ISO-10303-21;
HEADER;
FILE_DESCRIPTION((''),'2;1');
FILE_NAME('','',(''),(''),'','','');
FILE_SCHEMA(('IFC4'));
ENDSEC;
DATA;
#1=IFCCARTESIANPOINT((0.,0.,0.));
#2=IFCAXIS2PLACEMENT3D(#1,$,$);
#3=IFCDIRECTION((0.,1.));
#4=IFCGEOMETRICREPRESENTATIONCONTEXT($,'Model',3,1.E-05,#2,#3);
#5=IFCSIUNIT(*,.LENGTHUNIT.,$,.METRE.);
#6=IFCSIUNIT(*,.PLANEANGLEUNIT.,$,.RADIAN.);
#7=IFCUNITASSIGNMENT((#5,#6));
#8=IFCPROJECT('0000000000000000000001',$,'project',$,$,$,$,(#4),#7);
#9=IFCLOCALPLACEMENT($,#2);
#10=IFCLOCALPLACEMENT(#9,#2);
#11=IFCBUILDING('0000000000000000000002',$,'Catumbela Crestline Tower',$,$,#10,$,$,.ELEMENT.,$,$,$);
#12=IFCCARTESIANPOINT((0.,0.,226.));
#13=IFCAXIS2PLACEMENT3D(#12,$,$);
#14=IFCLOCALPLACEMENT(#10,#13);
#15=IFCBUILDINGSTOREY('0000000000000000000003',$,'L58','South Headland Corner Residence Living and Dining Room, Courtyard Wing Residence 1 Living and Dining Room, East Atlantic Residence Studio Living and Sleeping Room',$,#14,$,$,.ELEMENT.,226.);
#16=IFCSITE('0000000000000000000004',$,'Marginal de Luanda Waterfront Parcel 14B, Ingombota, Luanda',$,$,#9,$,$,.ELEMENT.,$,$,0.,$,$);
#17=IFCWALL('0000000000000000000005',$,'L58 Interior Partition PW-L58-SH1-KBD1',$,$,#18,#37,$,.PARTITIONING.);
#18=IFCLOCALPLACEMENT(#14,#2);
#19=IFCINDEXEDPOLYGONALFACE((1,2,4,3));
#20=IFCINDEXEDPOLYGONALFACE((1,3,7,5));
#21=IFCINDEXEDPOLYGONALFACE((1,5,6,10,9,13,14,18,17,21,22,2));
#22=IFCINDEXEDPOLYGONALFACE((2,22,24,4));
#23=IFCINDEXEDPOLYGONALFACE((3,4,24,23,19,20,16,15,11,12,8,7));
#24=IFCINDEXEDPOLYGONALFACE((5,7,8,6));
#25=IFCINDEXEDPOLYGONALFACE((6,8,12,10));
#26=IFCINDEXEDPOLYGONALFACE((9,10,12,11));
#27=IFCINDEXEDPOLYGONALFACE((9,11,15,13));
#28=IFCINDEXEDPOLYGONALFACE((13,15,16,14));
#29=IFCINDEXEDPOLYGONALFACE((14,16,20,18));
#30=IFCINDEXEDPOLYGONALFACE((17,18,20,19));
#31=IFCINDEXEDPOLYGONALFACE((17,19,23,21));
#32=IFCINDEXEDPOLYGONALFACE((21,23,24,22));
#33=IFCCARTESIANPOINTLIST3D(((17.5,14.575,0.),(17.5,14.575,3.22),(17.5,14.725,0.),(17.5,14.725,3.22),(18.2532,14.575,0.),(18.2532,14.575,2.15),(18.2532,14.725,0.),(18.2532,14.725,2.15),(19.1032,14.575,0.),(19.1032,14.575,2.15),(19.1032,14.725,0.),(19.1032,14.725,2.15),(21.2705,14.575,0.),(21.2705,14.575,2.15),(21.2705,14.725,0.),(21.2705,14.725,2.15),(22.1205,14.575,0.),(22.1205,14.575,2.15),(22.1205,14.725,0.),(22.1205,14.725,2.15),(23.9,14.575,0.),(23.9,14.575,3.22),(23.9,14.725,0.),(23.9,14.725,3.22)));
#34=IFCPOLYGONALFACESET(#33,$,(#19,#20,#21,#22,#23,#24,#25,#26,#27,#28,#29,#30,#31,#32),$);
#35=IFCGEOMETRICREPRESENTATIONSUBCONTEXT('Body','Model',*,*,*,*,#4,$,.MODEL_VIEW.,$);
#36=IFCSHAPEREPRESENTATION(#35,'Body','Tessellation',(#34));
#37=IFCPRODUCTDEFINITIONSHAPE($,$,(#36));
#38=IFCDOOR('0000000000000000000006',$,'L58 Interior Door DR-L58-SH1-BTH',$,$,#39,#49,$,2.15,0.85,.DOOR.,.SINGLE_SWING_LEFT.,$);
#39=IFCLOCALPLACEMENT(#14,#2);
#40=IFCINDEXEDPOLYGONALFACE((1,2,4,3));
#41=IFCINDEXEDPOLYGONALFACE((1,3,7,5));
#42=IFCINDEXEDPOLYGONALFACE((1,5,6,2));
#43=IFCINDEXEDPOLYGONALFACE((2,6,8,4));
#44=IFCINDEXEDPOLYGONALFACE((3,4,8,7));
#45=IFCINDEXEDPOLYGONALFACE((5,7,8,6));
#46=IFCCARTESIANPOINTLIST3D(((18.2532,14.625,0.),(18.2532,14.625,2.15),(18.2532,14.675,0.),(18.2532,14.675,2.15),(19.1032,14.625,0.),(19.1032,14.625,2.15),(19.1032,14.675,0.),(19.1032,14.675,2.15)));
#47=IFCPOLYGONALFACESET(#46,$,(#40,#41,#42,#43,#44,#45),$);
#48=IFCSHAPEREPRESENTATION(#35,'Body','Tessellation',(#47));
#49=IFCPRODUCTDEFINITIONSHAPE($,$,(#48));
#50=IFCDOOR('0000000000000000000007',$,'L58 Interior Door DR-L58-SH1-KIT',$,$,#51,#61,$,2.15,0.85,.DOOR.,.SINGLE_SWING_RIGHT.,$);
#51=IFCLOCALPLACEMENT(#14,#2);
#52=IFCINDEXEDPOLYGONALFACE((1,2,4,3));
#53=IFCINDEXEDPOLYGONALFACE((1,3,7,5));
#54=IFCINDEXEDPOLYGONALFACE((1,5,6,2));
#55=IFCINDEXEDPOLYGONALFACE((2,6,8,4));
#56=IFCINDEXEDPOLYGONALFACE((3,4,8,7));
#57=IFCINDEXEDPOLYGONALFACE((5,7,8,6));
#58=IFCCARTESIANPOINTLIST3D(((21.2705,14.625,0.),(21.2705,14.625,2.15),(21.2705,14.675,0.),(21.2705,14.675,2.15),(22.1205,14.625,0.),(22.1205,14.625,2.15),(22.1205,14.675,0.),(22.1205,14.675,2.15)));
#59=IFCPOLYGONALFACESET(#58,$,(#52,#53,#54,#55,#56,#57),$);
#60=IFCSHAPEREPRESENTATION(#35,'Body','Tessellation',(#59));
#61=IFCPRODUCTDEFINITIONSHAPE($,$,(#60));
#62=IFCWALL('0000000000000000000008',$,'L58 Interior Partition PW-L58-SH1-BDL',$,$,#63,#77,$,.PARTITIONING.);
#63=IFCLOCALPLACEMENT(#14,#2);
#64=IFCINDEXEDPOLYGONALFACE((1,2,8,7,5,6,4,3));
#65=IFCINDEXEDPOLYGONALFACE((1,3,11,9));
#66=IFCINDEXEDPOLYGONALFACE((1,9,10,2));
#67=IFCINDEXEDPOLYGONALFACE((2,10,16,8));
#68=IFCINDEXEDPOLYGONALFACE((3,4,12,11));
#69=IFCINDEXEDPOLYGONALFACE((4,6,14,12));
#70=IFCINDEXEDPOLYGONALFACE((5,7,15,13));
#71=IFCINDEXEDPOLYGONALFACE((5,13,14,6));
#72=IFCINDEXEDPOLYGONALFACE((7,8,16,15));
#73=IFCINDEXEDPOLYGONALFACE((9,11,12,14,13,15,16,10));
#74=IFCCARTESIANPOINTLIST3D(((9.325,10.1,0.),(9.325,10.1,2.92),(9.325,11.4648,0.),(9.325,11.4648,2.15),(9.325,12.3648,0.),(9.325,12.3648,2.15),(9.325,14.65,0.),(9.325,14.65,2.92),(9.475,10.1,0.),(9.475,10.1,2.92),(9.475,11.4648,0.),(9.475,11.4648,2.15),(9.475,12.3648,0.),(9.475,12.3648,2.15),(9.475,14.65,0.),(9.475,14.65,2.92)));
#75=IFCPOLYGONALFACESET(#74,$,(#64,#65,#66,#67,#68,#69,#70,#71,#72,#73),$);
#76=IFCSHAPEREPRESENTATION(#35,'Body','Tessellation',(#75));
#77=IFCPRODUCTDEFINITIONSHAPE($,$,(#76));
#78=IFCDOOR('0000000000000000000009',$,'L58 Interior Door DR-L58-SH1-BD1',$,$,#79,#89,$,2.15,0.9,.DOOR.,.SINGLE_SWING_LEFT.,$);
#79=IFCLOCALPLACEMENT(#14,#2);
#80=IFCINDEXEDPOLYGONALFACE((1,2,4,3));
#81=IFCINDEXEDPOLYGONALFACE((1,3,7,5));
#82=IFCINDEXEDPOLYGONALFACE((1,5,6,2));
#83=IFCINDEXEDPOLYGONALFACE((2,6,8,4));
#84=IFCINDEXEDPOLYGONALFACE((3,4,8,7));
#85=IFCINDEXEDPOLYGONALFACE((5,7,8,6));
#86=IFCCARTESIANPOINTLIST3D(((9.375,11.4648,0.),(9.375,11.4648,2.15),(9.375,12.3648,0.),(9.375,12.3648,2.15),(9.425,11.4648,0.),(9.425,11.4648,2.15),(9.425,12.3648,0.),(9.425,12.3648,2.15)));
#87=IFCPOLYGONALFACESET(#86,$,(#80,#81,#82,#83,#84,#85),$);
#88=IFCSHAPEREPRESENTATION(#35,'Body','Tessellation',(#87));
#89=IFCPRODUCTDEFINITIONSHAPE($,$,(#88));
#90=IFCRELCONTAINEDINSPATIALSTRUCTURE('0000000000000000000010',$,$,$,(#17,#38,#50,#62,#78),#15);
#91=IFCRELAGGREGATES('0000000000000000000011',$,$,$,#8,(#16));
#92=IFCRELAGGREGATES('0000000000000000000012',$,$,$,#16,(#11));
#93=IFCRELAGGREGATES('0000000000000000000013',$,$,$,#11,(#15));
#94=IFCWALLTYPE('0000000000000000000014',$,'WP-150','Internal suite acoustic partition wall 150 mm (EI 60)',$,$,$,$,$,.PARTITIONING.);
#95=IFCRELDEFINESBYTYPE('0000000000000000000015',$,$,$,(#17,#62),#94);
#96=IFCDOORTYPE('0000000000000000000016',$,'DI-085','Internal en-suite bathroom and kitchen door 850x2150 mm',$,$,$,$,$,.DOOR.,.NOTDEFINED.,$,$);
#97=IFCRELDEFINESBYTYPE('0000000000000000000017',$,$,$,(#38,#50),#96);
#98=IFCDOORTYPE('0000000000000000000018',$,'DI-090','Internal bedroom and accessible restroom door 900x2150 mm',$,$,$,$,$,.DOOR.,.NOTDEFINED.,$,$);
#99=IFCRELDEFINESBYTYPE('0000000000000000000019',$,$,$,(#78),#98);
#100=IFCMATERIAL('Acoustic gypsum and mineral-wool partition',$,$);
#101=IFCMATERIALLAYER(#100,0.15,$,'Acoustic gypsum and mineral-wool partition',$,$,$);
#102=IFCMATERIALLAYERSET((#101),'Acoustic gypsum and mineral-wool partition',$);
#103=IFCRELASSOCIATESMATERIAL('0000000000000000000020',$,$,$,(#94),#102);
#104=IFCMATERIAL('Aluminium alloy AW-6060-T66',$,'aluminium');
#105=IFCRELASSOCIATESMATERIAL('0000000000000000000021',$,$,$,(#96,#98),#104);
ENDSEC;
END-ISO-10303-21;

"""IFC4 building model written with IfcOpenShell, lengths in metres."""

from ifc_helpers import new_model, si_unit, direction, frame, frame_2d, origin, place, context, subcontext, project, spatial, rectangle, extrude, material, layer, layer_set, type_object, element, fill, save


model = new_model("IFC4")

# Units and contexts
model_context = context("Model", 3, precision=1e-05, world=origin(), true_north=direction((0.0, 1.0)))
body_context = subcontext(model_context, "Body", "Model", "MODEL_VIEW")
ifc_project = project(units=[si_unit("LENGTHUNIT", "METRE"), si_unit("PLANEANGLEUNIT", "RADIAN")], contexts=[model_context])

# Site, building, storey
site_placement = place(None, origin())
site = spatial("IfcSite", under=ifc_project, at=site_placement, Name="Marginal de Luanda Waterfront Parcel 14B, Ingombota, Luanda", CompositionType="ELEMENT", RefElevation=0.0)
building_placement = place(site_placement, origin())
building = spatial("IfcBuilding", under=site, at=building_placement, Name="Catumbela Crestline Tower", CompositionType="ELEMENT")
storey_placement = place(building_placement, frame((0.0, 0.0, 226.0)))
storey = spatial("IfcBuildingStorey", under=building, at=storey_placement, Name="L58", Description="South Headland Corner Residence Living and Dining Room, Courtyard Wing Residence 1 Living and Dining Room, East Atlantic Residence Studio Living and Sleeping Room", CompositionType="ELEMENT", Elevation=226.0)

# Shared definitions
ifc_material_1 = material(Name="Aluminium alloy AW-6060-T66", Category="aluminium")

# Shared definitions
ifc_material_2 = material(Name="Acoustic gypsum and mineral-wool partition")

# Shared definitions
ifc_layer_1 = layer(ifc_material_2, 0.15, Name="Acoustic gypsum and mineral-wool partition")
ifc_layer_set_1 = layer_set([ifc_layer_1], Name="Acoustic gypsum and mineral-wool partition")
wall_type_1 = type_object("IfcWallType", Name="WP-150", Description="Internal suite acoustic partition wall 150 mm (EI 60)", PredefinedType="PARTITIONING", material=ifc_layer_set_1)

# Shared definitions
door_type_1 = type_object("IfcDoorType", Name="DI-085", Description="Internal en-suite bathroom and kitchen door 850x2150 mm", OperationType="NOTDEFINED", PredefinedType="DOOR", material=ifc_material_1)

# Wall, openings, doors
wall_1_placement = place(storey_placement, frame((17.5, 14.65, 0.0), z_axis=(0.0, 0.0, 1.0), x_axis=(1.0, 0.0, 0.0)))
wall_1 = element("IfcWall", 1, at=wall_1_placement, inside=storey, type_object=wall_type_1, Name="L58 Interior Partition PW-L58-SH1-KBD1", PredefinedType="PARTITIONING", context=body_context, shape_type="SweptSolid", body=[
    extrude(rectangle(XDim=6.4, YDim=0.15, at=frame_2d((3.2, 0.0))), origin(), (0.0, 0.0, 1.0), 3.22),
])
opening_1_placement = place(wall_1_placement, frame((0.7532, 0.0, 0.0)))
opening_1 = element("IfcOpeningElement", 2, at=opening_1_placement, cuts=wall_1, PredefinedType="OPENING", context=body_context, shape_type="SweptSolid", body=[
    extrude(rectangle(XDim=0.85, YDim=2.15, at=frame_2d((0.425, 1.075))), frame((0.0, 0.085, 0.0), z_axis=(0.0, -1.0, 0.0), x_axis=(1.0, 0.0, 0.0)), (0.0, 0.0, 1.0), 0.17),
])
opening_2_placement = place(wall_1_placement, frame((3.7705, 0.0, 0.0)))
opening_2 = element("IfcOpeningElement", 3, at=opening_2_placement, cuts=wall_1, PredefinedType="OPENING", context=body_context, shape_type="SweptSolid", body=[
    extrude(rectangle(XDim=0.85, YDim=2.15, at=frame_2d((0.425, 1.075))), frame((0.0, 0.085, 0.0), z_axis=(0.0, -1.0, 0.0), x_axis=(1.0, 0.0, 0.0)), (0.0, 0.0, 1.0), 0.17),
])
door_1_placement = place(opening_1_placement, origin())
door_1 = element("IfcDoor", 4, at=door_1_placement, inside=storey, type_object=door_type_1, Name="L58 Interior Door DR-L58-SH1-BTH", OperationType="SINGLE_SWING_LEFT", OverallHeight=2.15, OverallWidth=0.85, PredefinedType="DOOR", context=body_context, shape_type="SweptSolid", body=[
    extrude(rectangle(XDim=0.85, YDim=2.15, at=frame_2d((0.425, 1.075))), frame((0.0, 0.025, 0.0), z_axis=(0.0, -1.0, 0.0), x_axis=(1.0, 0.0, 0.0)), (0.0, 0.0, 1.0), 0.05),
])
fill(opening_1, door_1)
door_2_placement = place(opening_2_placement, origin())
door_2 = element("IfcDoor", 5, at=door_2_placement, inside=storey, type_object=door_type_1, Name="L58 Interior Door DR-L58-SH1-KIT", OperationType="SINGLE_SWING_RIGHT", OverallHeight=2.15, OverallWidth=0.85, PredefinedType="DOOR", context=body_context, shape_type="SweptSolid", body=[
    extrude(rectangle(XDim=0.85, YDim=2.15, at=frame_2d((0.425, 1.075))), frame((0.0, 0.025, 0.0), z_axis=(0.0, -1.0, 0.0), x_axis=(1.0, 0.0, 0.0)), (0.0, 0.0, 1.0), 0.05),
])
fill(opening_2, door_2)

# Wall, opening, door
wall_2_placement = place(storey_placement, frame((9.4, 10.1, 0.0), z_axis=(0.0, 0.0, 1.0), x_axis=(0.0, 1.0, 0.0)))
wall_2 = element("IfcWall", 6, at=wall_2_placement, inside=storey, type_object=wall_type_1, Name="L58 Interior Partition PW-L58-SH1-BDL", PredefinedType="PARTITIONING", context=body_context, shape_type="SweptSolid", body=[
    extrude(rectangle(XDim=4.55, YDim=0.15, at=frame_2d((2.275, 0.0))), origin(), (0.0, 0.0, 1.0), 2.92),
])
opening_3_placement = place(wall_2_placement, frame((1.3648, 0.0, 0.0)))
opening_3 = element("IfcOpeningElement", 7, at=opening_3_placement, cuts=wall_2, PredefinedType="OPENING", context=body_context, shape_type="SweptSolid", body=[
    extrude(rectangle(XDim=0.9, YDim=2.15, at=frame_2d((0.45, 1.075))), frame((0.0, 0.085, 0.0), z_axis=(0.0, -1.0, 0.0), x_axis=(1.0, 0.0, 0.0)), (0.0, 0.0, 1.0), 0.17),
])
door_type_2 = type_object("IfcDoorType", Name="DI-090", Description="Internal bedroom and accessible restroom door 900x2150 mm", OperationType="NOTDEFINED", PredefinedType="DOOR", material=ifc_material_1)
door_3_placement = place(opening_3_placement, origin())
door_3 = element("IfcDoor", 8, at=door_3_placement, inside=storey, type_object=door_type_2, Name="L58 Interior Door DR-L58-SH1-BD1", OperationType="SINGLE_SWING_LEFT", OverallHeight=2.15, OverallWidth=0.9, PredefinedType="DOOR", context=body_context, shape_type="SweptSolid", body=[
    extrude(rectangle(XDim=0.9, YDim=2.15, at=frame_2d((0.45, 1.075))), frame((0.0, 0.025, 0.0), z_axis=(0.0, -1.0, 0.0), x_axis=(1.0, 0.0, 0.0)), (0.0, 0.0, 1.0), 0.05),
])
fill(opening_3, door_3)

save(model, "model.ifc")
